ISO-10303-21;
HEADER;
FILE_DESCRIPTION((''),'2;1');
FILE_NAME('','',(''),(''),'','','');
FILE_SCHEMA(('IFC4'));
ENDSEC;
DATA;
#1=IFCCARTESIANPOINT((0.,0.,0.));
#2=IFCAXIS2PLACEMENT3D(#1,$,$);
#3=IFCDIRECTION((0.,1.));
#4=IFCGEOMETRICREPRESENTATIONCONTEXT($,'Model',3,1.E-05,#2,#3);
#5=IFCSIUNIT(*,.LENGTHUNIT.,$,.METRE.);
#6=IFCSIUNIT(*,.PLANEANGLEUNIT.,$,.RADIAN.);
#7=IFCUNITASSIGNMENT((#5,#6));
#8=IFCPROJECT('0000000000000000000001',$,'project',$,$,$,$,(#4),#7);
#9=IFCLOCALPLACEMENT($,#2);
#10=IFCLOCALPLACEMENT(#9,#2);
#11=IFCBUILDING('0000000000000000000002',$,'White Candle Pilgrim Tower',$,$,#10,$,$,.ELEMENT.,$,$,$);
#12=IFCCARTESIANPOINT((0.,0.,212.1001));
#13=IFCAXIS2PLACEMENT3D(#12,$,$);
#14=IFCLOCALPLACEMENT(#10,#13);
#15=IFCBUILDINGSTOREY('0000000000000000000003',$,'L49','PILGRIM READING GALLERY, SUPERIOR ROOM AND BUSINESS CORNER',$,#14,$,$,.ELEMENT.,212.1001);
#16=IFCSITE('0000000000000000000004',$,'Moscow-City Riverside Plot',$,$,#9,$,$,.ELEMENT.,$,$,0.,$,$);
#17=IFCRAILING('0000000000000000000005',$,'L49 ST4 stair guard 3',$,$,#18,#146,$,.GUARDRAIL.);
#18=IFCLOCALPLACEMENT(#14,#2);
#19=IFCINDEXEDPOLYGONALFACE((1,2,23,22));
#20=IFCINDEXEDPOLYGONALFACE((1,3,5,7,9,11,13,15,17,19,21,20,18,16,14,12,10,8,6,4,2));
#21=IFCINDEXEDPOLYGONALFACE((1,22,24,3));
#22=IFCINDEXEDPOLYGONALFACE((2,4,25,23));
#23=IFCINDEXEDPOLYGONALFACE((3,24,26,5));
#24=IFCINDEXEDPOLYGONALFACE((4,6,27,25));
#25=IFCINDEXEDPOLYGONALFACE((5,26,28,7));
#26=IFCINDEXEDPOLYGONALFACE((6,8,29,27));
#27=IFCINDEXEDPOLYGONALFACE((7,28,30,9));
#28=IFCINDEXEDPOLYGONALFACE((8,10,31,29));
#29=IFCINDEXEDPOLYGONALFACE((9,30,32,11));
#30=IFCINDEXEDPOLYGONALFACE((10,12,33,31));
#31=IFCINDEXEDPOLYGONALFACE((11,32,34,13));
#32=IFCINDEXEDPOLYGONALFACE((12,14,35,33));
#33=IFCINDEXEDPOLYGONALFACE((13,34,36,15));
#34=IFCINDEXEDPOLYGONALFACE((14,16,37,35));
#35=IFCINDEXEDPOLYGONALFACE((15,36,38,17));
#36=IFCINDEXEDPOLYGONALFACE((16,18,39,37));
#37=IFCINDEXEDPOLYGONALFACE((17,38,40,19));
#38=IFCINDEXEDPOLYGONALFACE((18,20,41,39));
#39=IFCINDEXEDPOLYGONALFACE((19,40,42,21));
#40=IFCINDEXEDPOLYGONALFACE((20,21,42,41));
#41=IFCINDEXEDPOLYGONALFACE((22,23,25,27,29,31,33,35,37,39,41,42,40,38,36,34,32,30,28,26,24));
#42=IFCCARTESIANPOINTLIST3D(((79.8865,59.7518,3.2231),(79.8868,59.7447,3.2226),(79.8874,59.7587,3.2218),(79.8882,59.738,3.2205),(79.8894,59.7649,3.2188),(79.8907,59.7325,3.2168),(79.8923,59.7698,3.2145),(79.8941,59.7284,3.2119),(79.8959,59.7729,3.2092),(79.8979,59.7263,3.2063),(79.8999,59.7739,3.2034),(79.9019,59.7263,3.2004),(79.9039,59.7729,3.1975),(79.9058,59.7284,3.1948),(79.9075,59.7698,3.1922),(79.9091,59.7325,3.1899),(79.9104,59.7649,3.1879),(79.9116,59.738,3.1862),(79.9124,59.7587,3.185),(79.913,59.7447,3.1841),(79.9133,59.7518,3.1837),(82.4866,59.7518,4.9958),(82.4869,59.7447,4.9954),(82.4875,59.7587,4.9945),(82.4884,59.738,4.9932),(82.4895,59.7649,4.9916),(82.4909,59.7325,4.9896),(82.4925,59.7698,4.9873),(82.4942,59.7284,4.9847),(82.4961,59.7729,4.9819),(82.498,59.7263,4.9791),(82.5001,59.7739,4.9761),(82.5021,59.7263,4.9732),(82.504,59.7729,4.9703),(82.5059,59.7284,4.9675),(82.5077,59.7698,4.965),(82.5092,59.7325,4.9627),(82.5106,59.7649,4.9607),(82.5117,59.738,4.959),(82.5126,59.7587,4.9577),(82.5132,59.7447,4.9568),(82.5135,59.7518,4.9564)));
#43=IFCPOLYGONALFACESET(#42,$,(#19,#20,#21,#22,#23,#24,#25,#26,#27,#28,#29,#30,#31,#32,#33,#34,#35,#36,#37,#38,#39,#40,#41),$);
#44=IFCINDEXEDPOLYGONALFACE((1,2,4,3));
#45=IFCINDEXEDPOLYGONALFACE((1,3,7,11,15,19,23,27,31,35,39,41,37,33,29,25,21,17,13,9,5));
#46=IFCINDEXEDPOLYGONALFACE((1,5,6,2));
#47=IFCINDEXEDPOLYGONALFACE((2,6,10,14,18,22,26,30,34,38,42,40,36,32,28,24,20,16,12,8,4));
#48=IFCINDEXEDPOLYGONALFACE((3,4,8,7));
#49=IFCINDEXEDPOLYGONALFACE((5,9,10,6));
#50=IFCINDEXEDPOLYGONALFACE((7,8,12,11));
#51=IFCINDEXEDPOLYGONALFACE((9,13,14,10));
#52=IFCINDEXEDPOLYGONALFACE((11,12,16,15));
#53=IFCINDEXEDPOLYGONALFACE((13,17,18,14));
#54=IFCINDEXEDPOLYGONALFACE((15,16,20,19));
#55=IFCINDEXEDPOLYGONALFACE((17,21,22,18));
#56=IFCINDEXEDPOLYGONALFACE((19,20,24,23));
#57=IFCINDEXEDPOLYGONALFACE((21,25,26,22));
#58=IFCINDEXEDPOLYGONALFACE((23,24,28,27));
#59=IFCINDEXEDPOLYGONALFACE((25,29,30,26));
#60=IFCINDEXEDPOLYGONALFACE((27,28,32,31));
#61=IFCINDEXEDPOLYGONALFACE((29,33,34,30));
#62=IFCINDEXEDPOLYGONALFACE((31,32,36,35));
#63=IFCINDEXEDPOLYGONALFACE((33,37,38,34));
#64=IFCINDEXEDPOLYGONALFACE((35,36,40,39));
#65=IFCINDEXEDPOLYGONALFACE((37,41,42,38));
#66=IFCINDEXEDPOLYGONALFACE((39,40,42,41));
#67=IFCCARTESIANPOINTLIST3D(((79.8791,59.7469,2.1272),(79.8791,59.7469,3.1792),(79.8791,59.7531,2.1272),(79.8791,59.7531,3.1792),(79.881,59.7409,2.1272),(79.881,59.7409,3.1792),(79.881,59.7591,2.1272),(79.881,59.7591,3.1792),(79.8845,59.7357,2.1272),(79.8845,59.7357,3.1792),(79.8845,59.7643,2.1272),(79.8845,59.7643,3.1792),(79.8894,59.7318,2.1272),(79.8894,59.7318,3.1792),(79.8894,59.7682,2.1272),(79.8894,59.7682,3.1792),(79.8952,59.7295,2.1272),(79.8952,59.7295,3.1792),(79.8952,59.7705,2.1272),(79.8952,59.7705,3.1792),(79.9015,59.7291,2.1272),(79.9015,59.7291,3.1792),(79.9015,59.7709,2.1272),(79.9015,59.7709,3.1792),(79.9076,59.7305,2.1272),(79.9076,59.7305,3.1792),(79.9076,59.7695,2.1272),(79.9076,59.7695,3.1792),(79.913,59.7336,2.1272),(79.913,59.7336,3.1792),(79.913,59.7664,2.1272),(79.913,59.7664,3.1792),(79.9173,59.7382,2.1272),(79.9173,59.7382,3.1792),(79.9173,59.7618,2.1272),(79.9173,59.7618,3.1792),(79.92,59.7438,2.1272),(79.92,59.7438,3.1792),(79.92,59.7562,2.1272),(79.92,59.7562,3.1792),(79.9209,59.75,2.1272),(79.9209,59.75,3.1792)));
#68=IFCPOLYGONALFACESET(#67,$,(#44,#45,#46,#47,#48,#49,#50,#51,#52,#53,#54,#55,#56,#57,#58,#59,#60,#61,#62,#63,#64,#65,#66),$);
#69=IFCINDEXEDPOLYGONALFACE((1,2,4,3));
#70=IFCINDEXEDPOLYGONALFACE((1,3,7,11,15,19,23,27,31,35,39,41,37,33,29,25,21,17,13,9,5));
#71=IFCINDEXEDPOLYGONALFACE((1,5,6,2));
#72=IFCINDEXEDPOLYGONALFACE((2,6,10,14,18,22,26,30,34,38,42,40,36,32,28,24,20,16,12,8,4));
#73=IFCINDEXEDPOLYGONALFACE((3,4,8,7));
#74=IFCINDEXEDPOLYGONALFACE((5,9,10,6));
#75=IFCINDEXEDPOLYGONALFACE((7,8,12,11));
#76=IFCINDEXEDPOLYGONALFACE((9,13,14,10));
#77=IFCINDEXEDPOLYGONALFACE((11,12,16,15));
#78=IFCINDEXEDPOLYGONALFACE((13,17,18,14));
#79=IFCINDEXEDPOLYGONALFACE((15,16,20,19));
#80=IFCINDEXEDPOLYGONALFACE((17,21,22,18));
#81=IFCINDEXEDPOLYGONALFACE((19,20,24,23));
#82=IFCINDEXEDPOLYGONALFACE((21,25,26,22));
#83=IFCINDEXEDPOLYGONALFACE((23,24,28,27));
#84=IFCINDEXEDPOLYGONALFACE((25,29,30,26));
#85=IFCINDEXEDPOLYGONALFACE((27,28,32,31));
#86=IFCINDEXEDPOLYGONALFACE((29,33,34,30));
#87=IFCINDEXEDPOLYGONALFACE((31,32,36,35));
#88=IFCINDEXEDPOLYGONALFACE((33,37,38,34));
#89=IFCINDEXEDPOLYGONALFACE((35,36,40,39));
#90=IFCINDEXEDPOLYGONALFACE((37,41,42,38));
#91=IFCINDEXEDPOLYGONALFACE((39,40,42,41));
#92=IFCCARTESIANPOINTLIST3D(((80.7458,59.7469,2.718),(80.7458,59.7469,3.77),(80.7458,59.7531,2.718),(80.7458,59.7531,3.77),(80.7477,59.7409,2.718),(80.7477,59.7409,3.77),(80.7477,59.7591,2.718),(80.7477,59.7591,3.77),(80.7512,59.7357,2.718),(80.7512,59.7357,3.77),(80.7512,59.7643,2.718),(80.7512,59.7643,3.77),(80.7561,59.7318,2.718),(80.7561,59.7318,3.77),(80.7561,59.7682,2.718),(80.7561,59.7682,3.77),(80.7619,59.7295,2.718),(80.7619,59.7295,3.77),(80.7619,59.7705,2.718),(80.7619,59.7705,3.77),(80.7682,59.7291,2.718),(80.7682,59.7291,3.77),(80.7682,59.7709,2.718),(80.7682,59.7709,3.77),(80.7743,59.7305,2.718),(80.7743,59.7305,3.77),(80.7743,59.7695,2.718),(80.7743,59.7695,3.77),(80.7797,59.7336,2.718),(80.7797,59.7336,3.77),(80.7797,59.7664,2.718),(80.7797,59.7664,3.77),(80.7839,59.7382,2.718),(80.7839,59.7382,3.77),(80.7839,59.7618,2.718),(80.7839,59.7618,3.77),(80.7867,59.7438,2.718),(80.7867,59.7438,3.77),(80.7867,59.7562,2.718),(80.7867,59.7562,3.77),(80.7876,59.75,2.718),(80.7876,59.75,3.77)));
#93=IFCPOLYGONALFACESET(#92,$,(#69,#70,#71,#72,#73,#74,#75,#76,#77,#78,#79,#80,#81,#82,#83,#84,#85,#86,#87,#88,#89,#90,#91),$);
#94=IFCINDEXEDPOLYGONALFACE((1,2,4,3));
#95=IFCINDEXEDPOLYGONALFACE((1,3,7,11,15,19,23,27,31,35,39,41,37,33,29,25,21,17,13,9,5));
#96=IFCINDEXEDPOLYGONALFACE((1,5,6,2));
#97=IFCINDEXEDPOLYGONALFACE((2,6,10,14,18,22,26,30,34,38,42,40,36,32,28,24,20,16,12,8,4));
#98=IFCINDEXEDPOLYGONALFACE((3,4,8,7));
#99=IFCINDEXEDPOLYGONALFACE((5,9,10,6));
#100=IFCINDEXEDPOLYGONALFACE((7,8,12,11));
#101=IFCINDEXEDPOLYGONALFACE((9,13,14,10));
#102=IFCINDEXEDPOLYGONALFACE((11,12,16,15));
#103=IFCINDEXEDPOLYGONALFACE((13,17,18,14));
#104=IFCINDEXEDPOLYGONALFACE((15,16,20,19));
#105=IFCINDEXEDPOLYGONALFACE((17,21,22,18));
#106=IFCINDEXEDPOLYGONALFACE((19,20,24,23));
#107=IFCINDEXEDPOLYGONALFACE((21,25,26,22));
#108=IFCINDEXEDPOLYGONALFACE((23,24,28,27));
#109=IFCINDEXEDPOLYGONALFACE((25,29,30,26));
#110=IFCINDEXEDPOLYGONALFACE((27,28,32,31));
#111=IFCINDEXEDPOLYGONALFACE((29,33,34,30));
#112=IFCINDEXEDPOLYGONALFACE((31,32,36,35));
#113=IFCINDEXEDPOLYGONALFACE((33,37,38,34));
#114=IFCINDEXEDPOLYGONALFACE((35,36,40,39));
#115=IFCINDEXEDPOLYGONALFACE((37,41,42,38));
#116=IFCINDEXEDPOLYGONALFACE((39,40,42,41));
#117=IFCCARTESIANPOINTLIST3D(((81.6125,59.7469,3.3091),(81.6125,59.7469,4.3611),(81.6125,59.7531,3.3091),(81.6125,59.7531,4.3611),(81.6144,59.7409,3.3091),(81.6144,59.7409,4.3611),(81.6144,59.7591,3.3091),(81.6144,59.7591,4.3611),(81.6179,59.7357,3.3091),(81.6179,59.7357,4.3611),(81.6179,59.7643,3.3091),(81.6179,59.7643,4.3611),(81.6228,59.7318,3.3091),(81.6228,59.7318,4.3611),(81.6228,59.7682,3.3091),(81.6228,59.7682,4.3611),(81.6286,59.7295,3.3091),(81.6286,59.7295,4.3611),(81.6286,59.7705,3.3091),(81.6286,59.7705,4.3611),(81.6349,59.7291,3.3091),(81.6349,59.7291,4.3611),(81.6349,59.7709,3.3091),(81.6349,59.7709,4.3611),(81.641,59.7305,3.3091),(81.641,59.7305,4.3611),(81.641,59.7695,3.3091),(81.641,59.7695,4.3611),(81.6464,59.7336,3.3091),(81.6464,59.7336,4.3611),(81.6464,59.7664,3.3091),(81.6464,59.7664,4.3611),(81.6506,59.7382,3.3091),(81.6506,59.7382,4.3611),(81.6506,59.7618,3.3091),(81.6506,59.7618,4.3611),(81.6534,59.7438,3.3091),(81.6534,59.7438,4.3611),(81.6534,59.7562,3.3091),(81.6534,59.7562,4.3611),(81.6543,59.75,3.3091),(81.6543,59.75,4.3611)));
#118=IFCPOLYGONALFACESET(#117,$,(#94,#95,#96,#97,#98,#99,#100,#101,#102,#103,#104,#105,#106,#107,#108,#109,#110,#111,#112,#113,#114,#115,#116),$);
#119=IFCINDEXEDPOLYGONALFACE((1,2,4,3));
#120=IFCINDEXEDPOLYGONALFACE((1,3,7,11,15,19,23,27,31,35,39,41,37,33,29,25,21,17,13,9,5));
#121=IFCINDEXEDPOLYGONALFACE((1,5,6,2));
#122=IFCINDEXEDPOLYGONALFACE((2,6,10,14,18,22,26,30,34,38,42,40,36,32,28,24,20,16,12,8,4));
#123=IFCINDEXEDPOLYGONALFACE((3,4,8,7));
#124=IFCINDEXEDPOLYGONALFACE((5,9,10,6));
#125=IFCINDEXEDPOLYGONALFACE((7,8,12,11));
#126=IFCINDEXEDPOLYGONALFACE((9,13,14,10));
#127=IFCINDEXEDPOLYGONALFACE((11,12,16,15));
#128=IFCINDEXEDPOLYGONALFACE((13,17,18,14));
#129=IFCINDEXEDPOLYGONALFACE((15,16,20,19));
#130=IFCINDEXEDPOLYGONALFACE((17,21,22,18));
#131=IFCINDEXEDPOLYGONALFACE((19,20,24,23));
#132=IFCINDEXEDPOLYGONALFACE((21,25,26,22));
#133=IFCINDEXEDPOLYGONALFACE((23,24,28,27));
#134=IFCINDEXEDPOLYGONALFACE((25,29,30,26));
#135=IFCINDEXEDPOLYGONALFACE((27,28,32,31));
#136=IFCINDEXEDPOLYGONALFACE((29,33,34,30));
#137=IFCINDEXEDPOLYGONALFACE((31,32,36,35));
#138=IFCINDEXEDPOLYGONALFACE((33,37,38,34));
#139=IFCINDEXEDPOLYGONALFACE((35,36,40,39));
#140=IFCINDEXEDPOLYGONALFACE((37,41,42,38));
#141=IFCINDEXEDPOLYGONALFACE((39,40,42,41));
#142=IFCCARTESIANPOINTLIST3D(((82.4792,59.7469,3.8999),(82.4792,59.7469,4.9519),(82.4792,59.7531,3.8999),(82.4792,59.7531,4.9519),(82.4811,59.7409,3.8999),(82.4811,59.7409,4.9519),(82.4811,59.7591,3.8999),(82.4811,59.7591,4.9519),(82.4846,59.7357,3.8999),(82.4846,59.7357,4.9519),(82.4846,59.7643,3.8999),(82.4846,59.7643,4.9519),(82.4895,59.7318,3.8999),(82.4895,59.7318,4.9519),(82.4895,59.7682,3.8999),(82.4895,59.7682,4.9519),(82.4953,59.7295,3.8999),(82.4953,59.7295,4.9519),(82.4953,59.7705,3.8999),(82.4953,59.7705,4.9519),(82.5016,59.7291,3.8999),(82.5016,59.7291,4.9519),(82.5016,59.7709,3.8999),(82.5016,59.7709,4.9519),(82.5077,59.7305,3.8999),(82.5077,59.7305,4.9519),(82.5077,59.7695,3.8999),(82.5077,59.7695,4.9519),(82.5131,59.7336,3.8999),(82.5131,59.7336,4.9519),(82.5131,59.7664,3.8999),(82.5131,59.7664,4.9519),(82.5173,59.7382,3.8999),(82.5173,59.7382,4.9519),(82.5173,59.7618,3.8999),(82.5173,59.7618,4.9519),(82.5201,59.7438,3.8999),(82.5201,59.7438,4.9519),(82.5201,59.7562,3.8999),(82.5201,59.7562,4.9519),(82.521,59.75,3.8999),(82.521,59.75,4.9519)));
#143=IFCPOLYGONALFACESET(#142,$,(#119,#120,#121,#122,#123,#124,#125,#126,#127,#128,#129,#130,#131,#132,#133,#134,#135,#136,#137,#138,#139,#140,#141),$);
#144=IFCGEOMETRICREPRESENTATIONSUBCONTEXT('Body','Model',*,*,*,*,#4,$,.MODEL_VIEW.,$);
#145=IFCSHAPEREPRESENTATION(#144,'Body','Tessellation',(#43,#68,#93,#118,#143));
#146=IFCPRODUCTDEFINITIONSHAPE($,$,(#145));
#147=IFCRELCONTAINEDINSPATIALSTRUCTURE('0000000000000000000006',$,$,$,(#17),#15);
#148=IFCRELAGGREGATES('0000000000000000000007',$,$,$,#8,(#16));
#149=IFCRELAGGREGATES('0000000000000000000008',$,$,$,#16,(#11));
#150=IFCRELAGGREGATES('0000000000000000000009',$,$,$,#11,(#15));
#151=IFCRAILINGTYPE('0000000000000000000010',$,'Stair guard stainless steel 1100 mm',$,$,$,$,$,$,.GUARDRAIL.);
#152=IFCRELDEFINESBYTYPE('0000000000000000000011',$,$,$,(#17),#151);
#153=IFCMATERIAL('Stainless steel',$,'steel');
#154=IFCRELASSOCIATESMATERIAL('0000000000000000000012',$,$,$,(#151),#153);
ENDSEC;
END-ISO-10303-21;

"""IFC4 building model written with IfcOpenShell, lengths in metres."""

from ifc_helpers import new_model, si_unit, direction, frame, origin, origin_2d, place, context, subcontext, project, spatial, circle, extrude, material, type_object, element, save


model = new_model("IFC4")

# Units and contexts
model_context = context("Model", 3, precision=1e-05, world=origin(), true_north=direction((0.0, 1.0)))
body_context = subcontext(model_context, "Body", "Model", "MODEL_VIEW")
ifc_project = project(units=[si_unit("LENGTHUNIT", "METRE"), si_unit("PLANEANGLEUNIT", "RADIAN")], contexts=[model_context])

# Site, building, storey
site_placement = place(None, origin())
site = spatial("IfcSite", under=ifc_project, at=site_placement, Name="Moscow-City Riverside Plot", CompositionType="ELEMENT", RefElevation=0.0)
building_placement = place(site_placement, origin())
building = spatial("IfcBuilding", under=site, at=building_placement, Name="White Candle Pilgrim Tower", CompositionType="ELEMENT")
storey_placement = place(building_placement, frame((0.0, 0.0, 212.1001)))
storey = spatial("IfcBuildingStorey", under=building, at=storey_placement, Name="L49", Description="PILGRIM READING GALLERY, SUPERIOR ROOM AND BUSINESS CORNER", CompositionType="ELEMENT", Elevation=212.1001)

# Railing
ifc_material_1 = material(Name="Stainless steel", Category="steel")
railing_type_1 = type_object("IfcRailingType", Name="Stair guard stainless steel 1100 mm", PredefinedType="GUARDRAIL", material=ifc_material_1)
railing_1_placement = place(storey_placement, frame((79.8999, 59.75, 2.1272)))
element("IfcRailing", 1, at=railing_1_placement, inside=storey, type_object=railing_type_1, Name="L49 ST4 stair guard 3", PredefinedType="GUARDRAIL", context=body_context, shape_type="SweptSolid", body=[
    extrude(circle(Radius=0.0239, at=origin_2d()), frame((0.0, 0.0, 1.0762), z_axis=(0.82624, 0.0, 0.563318), x_axis=(0.0, 1.0, 0.0)), (0.0, 0.0, 1.0), 3.147),
    extrude(circle(Radius=0.021, at=origin_2d()), origin(), (0.0, 0.0, 1.0), 1.052),
    extrude(circle(Radius=0.021, at=origin_2d()), frame((0.8667, 0.0, 0.5908)), (0.0, 0.0, 1.0), 1.052),
    extrude(circle(Radius=0.021, at=origin_2d()), frame((1.7334, 0.0, 1.1819)), (0.0, 0.0, 1.0), 1.052),
    extrude(circle(Radius=0.021, at=origin_2d()), frame((2.6001, 0.0, 1.7727)), (0.0, 0.0, 1.0), 1.052),
])

save(model, "model.ifc")
